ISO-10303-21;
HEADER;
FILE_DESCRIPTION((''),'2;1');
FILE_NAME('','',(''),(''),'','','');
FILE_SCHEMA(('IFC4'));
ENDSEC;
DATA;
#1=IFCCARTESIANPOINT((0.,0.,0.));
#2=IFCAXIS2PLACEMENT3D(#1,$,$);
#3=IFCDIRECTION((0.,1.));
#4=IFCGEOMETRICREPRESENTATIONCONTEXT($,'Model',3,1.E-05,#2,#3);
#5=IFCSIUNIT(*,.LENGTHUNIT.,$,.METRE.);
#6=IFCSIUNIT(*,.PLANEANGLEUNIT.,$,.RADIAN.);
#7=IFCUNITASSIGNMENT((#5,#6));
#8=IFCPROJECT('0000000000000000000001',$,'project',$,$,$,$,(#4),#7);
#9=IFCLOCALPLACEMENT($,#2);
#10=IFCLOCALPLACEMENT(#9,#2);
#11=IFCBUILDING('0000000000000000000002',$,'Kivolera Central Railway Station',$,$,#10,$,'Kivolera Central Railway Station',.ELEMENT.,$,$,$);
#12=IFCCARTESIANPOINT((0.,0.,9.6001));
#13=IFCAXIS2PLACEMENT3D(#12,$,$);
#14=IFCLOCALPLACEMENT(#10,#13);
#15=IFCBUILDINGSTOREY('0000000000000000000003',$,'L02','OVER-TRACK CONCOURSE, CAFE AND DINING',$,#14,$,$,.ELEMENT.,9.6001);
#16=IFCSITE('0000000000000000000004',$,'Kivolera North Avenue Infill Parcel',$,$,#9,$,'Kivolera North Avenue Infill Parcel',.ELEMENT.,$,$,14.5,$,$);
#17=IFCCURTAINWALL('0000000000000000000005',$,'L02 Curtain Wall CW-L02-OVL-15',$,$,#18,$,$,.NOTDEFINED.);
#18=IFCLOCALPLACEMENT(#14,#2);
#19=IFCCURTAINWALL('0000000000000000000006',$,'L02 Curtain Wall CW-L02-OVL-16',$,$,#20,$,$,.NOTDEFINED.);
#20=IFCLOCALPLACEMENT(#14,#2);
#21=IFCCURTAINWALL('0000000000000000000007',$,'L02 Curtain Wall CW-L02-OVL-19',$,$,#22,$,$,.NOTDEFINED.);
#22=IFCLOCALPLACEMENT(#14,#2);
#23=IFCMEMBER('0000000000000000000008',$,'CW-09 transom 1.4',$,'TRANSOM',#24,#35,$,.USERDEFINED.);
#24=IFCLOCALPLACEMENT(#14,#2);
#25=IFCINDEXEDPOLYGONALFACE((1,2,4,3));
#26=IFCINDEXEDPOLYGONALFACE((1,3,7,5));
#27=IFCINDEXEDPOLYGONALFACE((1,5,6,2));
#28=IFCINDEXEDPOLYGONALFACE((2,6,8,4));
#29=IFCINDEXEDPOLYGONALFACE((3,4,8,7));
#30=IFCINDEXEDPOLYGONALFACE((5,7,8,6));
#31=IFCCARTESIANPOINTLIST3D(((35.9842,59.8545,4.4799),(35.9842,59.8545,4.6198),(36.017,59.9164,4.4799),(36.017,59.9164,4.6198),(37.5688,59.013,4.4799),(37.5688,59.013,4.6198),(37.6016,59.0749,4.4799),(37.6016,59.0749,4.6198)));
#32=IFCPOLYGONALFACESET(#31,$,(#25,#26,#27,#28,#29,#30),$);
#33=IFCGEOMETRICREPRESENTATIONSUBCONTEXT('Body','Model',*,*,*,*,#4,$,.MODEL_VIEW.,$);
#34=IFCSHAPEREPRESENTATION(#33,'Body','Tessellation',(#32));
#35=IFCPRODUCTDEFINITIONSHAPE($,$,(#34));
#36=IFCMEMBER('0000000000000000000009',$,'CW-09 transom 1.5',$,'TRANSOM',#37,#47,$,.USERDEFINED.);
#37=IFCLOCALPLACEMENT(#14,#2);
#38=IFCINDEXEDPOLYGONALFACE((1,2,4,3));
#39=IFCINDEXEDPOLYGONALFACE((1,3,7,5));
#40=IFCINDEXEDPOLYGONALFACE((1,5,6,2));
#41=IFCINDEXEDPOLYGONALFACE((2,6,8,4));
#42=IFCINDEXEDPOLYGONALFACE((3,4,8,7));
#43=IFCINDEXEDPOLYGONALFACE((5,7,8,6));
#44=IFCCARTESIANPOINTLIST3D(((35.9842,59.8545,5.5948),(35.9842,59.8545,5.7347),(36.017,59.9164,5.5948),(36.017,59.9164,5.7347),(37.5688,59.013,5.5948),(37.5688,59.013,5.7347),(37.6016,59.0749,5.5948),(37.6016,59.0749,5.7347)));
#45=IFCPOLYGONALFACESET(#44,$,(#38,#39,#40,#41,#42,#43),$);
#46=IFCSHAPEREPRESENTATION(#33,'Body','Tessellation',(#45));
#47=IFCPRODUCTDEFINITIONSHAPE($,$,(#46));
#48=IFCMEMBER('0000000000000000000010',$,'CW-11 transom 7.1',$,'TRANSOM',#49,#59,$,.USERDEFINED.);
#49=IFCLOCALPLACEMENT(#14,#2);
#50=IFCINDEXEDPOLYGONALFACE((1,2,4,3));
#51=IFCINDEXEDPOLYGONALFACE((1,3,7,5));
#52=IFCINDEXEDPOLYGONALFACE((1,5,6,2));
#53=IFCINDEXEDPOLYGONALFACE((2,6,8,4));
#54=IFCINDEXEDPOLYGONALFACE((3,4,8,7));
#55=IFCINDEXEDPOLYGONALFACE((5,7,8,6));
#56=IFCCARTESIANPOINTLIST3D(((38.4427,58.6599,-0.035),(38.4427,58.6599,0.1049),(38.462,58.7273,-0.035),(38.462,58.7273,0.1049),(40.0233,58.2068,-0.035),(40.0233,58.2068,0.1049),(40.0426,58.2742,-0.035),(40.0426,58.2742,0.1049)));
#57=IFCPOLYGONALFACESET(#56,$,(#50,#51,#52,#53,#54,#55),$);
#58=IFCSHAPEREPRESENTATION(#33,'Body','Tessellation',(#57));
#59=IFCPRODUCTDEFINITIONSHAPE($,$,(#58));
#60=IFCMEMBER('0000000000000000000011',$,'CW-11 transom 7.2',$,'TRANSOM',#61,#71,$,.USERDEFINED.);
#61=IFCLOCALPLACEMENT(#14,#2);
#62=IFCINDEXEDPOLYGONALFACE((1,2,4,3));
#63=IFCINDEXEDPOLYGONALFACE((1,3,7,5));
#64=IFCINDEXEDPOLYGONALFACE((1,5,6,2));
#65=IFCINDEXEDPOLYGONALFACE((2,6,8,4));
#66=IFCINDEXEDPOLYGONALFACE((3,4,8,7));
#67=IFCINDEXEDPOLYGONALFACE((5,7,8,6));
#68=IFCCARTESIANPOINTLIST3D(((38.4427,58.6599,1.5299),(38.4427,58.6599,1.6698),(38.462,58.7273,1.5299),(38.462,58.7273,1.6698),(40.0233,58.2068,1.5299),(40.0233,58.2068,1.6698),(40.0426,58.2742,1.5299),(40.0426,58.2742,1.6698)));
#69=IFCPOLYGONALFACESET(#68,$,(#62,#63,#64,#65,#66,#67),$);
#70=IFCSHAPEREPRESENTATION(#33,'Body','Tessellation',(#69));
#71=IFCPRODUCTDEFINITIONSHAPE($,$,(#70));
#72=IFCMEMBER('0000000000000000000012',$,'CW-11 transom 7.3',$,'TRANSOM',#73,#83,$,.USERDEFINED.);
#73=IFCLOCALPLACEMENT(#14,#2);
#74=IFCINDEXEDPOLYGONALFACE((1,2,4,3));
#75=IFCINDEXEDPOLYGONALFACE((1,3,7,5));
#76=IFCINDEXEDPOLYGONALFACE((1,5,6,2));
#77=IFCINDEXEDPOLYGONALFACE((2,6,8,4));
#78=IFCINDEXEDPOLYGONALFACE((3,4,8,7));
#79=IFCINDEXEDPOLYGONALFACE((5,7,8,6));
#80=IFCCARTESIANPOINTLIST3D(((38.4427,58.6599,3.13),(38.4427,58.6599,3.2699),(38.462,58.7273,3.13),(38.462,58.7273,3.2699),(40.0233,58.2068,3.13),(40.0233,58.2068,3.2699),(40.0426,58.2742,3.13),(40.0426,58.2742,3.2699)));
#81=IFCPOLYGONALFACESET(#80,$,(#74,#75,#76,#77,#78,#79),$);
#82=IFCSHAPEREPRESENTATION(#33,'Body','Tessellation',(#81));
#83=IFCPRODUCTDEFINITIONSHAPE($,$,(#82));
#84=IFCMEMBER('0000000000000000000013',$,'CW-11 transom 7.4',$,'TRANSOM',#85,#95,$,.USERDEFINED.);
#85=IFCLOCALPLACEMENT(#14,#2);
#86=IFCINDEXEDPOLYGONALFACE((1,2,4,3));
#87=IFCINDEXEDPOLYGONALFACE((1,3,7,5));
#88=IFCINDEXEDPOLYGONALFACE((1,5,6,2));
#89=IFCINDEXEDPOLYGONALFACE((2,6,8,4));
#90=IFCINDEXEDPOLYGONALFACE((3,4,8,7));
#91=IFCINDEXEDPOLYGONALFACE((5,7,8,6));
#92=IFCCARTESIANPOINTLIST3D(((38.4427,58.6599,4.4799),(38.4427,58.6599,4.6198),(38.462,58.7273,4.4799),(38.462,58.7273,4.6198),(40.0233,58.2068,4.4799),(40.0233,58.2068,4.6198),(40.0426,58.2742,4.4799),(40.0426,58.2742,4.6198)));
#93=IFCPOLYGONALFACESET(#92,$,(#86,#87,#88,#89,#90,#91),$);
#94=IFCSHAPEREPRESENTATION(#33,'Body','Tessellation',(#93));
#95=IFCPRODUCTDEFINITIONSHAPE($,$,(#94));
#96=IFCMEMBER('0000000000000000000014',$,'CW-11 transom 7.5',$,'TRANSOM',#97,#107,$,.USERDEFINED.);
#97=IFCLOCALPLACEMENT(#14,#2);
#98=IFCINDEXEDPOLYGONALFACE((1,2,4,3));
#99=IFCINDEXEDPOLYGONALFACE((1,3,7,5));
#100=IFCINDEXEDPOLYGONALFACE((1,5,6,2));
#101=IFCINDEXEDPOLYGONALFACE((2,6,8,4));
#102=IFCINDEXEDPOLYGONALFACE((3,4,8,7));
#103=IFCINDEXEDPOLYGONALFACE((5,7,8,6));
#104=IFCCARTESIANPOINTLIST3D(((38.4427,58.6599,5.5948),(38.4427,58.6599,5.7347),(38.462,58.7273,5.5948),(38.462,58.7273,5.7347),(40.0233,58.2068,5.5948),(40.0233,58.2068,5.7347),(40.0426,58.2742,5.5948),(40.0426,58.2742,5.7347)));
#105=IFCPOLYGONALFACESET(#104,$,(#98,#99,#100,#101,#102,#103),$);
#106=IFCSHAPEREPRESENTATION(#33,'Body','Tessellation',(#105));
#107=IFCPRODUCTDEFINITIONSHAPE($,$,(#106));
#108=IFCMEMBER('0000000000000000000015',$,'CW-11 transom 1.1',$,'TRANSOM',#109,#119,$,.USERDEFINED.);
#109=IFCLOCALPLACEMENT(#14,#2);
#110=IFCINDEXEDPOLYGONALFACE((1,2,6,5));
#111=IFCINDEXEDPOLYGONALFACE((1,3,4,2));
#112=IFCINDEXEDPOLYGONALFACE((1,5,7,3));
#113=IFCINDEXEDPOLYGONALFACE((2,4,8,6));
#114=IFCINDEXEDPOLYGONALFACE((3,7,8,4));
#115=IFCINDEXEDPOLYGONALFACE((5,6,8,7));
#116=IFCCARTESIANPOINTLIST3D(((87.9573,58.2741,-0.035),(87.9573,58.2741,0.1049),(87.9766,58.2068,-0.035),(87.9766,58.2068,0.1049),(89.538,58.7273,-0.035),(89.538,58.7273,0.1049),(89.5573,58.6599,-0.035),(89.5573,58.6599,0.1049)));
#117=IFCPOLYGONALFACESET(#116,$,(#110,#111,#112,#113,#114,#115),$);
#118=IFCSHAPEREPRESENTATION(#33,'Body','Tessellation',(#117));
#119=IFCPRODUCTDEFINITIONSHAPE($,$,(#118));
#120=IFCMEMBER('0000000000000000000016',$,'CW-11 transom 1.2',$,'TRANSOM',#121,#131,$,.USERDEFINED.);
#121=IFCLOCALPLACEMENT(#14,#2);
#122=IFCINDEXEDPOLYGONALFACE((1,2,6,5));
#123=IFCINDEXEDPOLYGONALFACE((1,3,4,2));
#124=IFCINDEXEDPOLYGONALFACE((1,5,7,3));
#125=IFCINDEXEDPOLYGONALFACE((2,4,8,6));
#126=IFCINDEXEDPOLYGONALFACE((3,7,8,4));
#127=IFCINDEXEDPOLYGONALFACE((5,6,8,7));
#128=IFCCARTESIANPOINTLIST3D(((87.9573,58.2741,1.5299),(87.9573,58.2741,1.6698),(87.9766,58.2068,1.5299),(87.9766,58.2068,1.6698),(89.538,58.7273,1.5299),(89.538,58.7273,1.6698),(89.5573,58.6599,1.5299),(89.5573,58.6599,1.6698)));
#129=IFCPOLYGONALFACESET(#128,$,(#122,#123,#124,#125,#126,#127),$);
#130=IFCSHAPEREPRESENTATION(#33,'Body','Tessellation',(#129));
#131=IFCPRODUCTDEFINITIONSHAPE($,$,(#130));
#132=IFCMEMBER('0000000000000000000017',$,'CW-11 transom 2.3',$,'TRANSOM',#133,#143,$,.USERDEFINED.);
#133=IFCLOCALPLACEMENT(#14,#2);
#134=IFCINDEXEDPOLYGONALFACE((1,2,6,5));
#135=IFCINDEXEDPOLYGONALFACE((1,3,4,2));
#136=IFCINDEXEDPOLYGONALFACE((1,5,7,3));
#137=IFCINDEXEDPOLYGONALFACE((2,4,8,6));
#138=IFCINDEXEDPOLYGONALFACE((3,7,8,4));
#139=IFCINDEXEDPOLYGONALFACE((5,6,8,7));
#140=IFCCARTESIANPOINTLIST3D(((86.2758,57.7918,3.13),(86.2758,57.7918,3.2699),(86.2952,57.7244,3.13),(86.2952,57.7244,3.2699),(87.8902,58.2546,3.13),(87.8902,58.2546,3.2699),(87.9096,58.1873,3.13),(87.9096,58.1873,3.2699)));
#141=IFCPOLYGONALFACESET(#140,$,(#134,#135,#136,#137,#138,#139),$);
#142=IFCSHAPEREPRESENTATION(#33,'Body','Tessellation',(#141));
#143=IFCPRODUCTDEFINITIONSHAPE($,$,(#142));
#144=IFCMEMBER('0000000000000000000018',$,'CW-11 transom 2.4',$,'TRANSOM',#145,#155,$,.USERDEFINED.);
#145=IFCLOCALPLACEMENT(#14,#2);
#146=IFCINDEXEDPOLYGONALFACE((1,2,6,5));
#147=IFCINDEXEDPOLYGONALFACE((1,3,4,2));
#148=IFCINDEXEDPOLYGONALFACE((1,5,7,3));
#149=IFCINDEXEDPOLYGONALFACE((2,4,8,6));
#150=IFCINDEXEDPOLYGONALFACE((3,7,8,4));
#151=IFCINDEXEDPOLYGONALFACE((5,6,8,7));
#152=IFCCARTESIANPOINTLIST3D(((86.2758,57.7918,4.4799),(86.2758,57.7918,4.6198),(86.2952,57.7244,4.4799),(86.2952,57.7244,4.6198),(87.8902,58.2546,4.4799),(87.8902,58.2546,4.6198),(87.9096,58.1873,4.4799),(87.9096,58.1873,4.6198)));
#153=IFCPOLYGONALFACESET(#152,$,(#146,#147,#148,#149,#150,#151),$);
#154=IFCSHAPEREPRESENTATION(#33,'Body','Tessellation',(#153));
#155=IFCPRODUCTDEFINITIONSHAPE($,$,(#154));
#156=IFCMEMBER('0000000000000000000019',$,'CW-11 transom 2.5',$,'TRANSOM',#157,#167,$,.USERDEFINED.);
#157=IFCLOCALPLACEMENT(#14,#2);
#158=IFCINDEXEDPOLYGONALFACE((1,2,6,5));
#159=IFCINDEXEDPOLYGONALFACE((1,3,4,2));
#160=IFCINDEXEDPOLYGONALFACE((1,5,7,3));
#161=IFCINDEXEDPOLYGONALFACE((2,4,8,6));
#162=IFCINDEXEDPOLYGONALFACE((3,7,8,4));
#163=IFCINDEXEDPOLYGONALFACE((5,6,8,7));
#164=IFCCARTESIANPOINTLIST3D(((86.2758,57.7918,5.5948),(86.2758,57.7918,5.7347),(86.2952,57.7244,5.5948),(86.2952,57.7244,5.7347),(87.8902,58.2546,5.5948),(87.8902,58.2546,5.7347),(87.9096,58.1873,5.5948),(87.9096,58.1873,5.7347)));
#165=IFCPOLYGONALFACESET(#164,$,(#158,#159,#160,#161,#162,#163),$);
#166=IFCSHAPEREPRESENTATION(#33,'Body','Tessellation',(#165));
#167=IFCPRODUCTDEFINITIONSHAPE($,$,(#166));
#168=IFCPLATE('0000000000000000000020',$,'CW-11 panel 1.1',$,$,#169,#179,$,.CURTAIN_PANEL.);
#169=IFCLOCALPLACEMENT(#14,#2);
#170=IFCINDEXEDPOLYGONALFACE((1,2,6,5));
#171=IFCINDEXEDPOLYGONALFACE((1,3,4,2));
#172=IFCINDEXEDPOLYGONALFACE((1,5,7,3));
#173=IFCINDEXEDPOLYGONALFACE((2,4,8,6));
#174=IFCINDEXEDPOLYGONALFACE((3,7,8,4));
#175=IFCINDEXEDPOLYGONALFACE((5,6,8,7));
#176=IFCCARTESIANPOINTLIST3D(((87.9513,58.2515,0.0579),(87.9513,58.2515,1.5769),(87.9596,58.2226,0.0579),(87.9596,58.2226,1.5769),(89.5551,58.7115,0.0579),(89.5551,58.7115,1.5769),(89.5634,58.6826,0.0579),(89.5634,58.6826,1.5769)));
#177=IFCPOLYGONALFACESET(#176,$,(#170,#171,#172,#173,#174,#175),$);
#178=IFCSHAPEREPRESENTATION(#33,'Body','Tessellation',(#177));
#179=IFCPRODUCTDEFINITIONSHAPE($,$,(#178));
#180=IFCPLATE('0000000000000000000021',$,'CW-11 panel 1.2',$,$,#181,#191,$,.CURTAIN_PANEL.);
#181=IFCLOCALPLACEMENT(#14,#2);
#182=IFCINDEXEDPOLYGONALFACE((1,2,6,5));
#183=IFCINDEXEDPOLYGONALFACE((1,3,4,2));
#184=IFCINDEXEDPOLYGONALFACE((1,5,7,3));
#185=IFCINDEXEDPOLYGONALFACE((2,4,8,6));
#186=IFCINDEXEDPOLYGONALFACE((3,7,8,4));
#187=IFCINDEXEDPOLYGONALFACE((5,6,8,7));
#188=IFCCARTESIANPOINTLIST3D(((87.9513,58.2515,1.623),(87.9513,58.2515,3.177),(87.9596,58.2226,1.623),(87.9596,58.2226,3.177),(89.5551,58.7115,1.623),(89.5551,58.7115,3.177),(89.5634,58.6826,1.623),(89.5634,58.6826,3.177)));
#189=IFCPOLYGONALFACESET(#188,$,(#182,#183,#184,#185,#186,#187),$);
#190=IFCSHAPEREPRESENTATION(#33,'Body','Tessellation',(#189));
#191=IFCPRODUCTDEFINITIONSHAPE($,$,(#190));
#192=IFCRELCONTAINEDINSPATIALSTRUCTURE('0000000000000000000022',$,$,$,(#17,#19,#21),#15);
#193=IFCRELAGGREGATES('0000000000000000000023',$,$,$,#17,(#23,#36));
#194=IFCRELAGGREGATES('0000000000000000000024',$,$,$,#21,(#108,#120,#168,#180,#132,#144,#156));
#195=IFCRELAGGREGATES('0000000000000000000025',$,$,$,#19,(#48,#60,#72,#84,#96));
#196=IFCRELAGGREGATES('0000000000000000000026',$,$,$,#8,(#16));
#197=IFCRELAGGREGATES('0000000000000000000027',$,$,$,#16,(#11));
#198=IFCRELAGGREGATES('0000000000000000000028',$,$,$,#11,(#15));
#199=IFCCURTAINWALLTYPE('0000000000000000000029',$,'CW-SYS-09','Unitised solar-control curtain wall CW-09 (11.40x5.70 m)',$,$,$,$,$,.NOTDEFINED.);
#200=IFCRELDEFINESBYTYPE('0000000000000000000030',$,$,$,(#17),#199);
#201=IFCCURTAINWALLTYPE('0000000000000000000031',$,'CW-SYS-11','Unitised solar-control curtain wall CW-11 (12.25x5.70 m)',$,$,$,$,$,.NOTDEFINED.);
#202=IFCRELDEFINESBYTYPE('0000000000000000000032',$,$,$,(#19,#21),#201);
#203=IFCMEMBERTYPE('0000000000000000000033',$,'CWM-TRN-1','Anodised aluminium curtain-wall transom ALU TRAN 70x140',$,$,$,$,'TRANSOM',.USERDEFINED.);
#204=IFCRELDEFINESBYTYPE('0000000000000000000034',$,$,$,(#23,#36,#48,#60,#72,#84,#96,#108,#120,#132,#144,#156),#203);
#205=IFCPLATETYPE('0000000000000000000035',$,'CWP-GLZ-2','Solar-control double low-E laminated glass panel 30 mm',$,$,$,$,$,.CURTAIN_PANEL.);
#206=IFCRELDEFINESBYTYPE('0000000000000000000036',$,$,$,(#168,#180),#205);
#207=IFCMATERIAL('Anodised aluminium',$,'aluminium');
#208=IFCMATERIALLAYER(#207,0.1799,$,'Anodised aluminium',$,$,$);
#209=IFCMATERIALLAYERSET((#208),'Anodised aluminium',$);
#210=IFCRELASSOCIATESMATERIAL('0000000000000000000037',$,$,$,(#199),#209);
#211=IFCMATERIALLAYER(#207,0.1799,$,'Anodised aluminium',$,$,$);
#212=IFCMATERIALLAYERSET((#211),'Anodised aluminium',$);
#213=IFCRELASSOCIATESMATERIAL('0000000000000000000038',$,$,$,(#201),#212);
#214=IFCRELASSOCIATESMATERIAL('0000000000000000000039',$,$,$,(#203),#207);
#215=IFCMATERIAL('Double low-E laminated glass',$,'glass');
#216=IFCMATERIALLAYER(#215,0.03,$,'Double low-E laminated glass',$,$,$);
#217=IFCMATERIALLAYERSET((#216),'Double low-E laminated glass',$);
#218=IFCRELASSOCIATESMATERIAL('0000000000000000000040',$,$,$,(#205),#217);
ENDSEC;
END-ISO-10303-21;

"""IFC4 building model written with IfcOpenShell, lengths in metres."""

from ifc_helpers import new_model, si_unit, direction, frame, origin, origin_2d, place, context, subcontext, project, spatial, rectangle, extrude, material, layer, layer_set, material_profile, profile_set, type_object, element, aggregate, save


model = new_model("IFC4")

# Units and contexts
model_context = context("Model", 3, precision=1e-05, world=origin(), true_north=direction((0.0, 1.0)))
body_context = subcontext(model_context, "Body", "Model", "MODEL_VIEW")
ifc_project = project(units=[si_unit("LENGTHUNIT", "METRE"), si_unit("PLANEANGLEUNIT", "RADIAN")], contexts=[model_context])

# Site, building, storey
site_placement = place(None, origin())
site = spatial("IfcSite", under=ifc_project, at=site_placement, Name="Kivolera North Avenue Infill Parcel", LongName="Kivolera North Avenue Infill Parcel", CompositionType="ELEMENT", RefElevation=14.5)
building_placement = place(site_placement, origin())
building = spatial("IfcBuilding", under=site, at=building_placement, Name="Kivolera Central Railway Station", LongName="Kivolera Central Railway Station", CompositionType="ELEMENT")
storey_placement = place(building_placement, frame((0.0, 0.0, 9.6001)))
storey = spatial("IfcBuildingStorey", under=building, at=storey_placement, Name="L02", Description="OVER-TRACK CONCOURSE, CAFE AND DINING", CompositionType="ELEMENT", Elevation=9.6001)

# Curtain wall
ifc_material_1 = material(Name="Anodised aluminium", Category="aluminium")
ifc_layer_1 = layer(ifc_material_1, 0.1799, Name="Anodised aluminium")
ifc_layer_set_1 = layer_set([ifc_layer_1], Name="Anodised aluminium")
curtain_wall_type_1 = type_object("IfcCurtainWallType", Name="CW-SYS-09", Description="Unitised solar-control curtain wall CW-09 (11.40x5.70 m)", PredefinedType="NOTDEFINED", material=ifc_layer_set_1)
curtain_wall_1_placement = place(storey_placement, origin())
curtain_wall_1 = element("IfcCurtainWall", 1, at=curtain_wall_1_placement, inside=storey, type_object=curtain_wall_type_1, Name="L02 Curtain Wall CW-L02-OVL-15", PredefinedType="NOTDEFINED")

# Curtain wall
ifc_layer_2 = layer(ifc_material_1, 0.1799, Name="Anodised aluminium")
ifc_layer_set_2 = layer_set([ifc_layer_2], Name="Anodised aluminium")
curtain_wall_type_2 = type_object("IfcCurtainWallType", Name="CW-SYS-11", Description="Unitised solar-control curtain wall CW-11 (12.25x5.70 m)", PredefinedType="NOTDEFINED", material=ifc_layer_set_2)
curtain_wall_2_placement = place(storey_placement, origin())
curtain_wall_2 = element("IfcCurtainWall", 2, at=curtain_wall_2_placement, inside=storey, type_object=curtain_wall_type_2, Name="L02 Curtain Wall CW-L02-OVL-16", PredefinedType="NOTDEFINED")

# Curtain wall
curtain_wall_3_placement = place(storey_placement, origin())
curtain_wall_3 = element("IfcCurtainWall", 3, at=curtain_wall_3_placement, inside=storey, type_object=curtain_wall_type_2, Name="L02 Curtain Wall CW-L02-OVL-19", PredefinedType="NOTDEFINED")

# Members
ifc_material_profile_1 = material_profile(ifc_material_1, rectangle(XDim=0.0701, YDim=0.1399, at=origin_2d()), Name="ALU TRAN 70x140")
ifc_profile_set_1 = profile_set([ifc_material_profile_1], Name="Anodised aluminium")
member_type_1 = type_object("IfcMemberType", Name="CWM-TRN-1", Description="Anodised aluminium curtain-wall transom ALU TRAN 70x140", ElementType="TRANSOM", PredefinedType="USERDEFINED", material=ifc_profile_set_1)
member_1_placement = place(storey_placement, frame((37.5852, 59.0439, 4.5498), z_axis=(-0.883191, 0.469013, 0.0), x_axis=(-0.469013, -0.883191, 0.0)))
member_1 = element("IfcMember", 4, at=member_1_placement, type_object=member_type_1, Name="CW-09 transom 1.4", ObjectType="TRANSOM", PredefinedType="USERDEFINED", context=body_context, shape_type="SweptSolid", body=[
    extrude(rectangle(XDim=0.0701, YDim=0.1399, at=origin_2d()), origin(), (0.0, 0.0, 1.0), 1.7942),
])
member_2_placement = place(storey_placement, frame((37.5852, 59.0439, 5.6648), z_axis=(-0.883191, 0.469013, 0.0), x_axis=(-0.469013, -0.883191, 0.0)))
member_2 = element("IfcMember", 5, at=member_2_placement, type_object=member_type_1, Name="CW-09 transom 1.5", ObjectType="TRANSOM", PredefinedType="USERDEFINED", context=body_context, shape_type="SweptSolid", body=[
    extrude(rectangle(XDim=0.0701, YDim=0.1399, at=origin_2d()), origin(), (0.0, 0.0, 1.0), 1.7942),
])
aggregate(curtain_wall_1, [member_1, member_2])
member_3_placement = place(storey_placement, frame((40.033, 58.2405, 0.0349), z_axis=(-0.961277, 0.275584, 0.0), x_axis=(-0.275584, -0.961277, 0.0)))
member_3 = element("IfcMember", 6, at=member_3_placement, type_object=member_type_1, Name="CW-11 transom 7.1", ObjectType="TRANSOM", PredefinedType="USERDEFINED", context=body_context, shape_type="SweptSolid", body=[
    extrude(rectangle(XDim=0.0701, YDim=0.1399, at=origin_2d()), origin(), (0.0, 0.0, 1.0), 1.6443),
])
member_4_placement = place(storey_placement, frame((40.033, 58.2405, 1.5999), z_axis=(-0.961277, 0.275584, 0.0), x_axis=(-0.275584, -0.961277, 0.0)))
member_4 = element("IfcMember", 7, at=member_4_placement, type_object=member_type_1, Name="CW-11 transom 7.2", ObjectType="TRANSOM", PredefinedType="USERDEFINED", context=body_context, shape_type="SweptSolid", body=[
    extrude(rectangle(XDim=0.0701, YDim=0.1399, at=origin_2d()), origin(), (0.0, 0.0, 1.0), 1.6443),
])
member_5_placement = place(storey_placement, frame((40.033, 58.2405, 3.2), z_axis=(-0.961277, 0.275584, 0.0), x_axis=(-0.275584, -0.961277, 0.0)))
member_5 = element("IfcMember", 8, at=member_5_placement, type_object=member_type_1, Name="CW-11 transom 7.3", ObjectType="TRANSOM", PredefinedType="USERDEFINED", context=body_context, shape_type="SweptSolid", body=[
    extrude(rectangle(XDim=0.0701, YDim=0.1399, at=origin_2d()), origin(), (0.0, 0.0, 1.0), 1.6443),
])
member_6_placement = place(storey_placement, frame((40.033, 58.2405, 4.5498), z_axis=(-0.961277, 0.275584, 0.0), x_axis=(-0.275584, -0.961277, 0.0)))
member_6 = element("IfcMember", 9, at=member_6_placement, type_object=member_type_1, Name="CW-11 transom 7.4", ObjectType="TRANSOM", PredefinedType="USERDEFINED", context=body_context, shape_type="SweptSolid", body=[
    extrude(rectangle(XDim=0.0701, YDim=0.1399, at=origin_2d()), origin(), (0.0, 0.0, 1.0), 1.6443),
])
member_7_placement = place(storey_placement, frame((40.033, 58.2405, 5.6648), z_axis=(-0.961277, 0.275584, 0.0), x_axis=(-0.275584, -0.961277, 0.0)))
member_7 = element("IfcMember", 10, at=member_7_placement, type_object=member_type_1, Name="CW-11 transom 7.5", ObjectType="TRANSOM", PredefinedType="USERDEFINED", context=body_context, shape_type="SweptSolid", body=[
    extrude(rectangle(XDim=0.0701, YDim=0.1399, at=origin_2d()), origin(), (0.0, 0.0, 1.0), 1.6443),
])
member_8_placement = place(storey_placement, frame((89.5476, 58.6936, 0.0349), z_axis=(-0.961277, -0.275584, 0.0), x_axis=(0.275584, -0.961277, 0.0)))
member_8 = element("IfcMember", 11, at=member_8_placement, type_object=member_type_1, Name="CW-11 transom 1.1", ObjectType="TRANSOM", PredefinedType="USERDEFINED", context=body_context, shape_type="SweptSolid", body=[
    extrude(rectangle(XDim=0.0701, YDim=0.1399, at=origin_2d()), origin(), (0.0, 0.0, 1.0), 1.6443),
])
member_9_placement = place(storey_placement, frame((89.5476, 58.6936, 1.5999), z_axis=(-0.961277, -0.275584, 0.0), x_axis=(0.275584, -0.961277, 0.0)))
member_9 = element("IfcMember", 12, at=member_9_placement, type_object=member_type_1, Name="CW-11 transom 1.2", ObjectType="TRANSOM", PredefinedType="USERDEFINED", context=body_context, shape_type="SweptSolid", body=[
    extrude(rectangle(XDim=0.0701, YDim=0.1399, at=origin_2d()), origin(), (0.0, 0.0, 1.0), 1.6443),
])
member_10_placement = place(storey_placement, frame((87.8999, 58.2209, 3.2), z_axis=(-0.961271, -0.275604, 0.0), x_axis=(0.275604, -0.961271, 0.0)))
member_10 = element("IfcMember", 13, at=member_10_placement, type_object=member_type_1, Name="CW-11 transom 2.3", ObjectType="TRANSOM", PredefinedType="USERDEFINED", context=body_context, shape_type="SweptSolid", body=[
    extrude(rectangle(XDim=0.0701, YDim=0.1399, at=origin_2d()), origin(), (0.0, 0.0, 1.0), 1.6794),
])
member_11_placement = place(storey_placement, frame((87.8999, 58.2209, 4.5498), z_axis=(-0.961271, -0.275604, 0.0), x_axis=(0.275604, -0.961271, 0.0)))
member_11 = element("IfcMember", 14, at=member_11_placement, type_object=member_type_1, Name="CW-11 transom 2.4", ObjectType="TRANSOM", PredefinedType="USERDEFINED", context=body_context, shape_type="SweptSolid", body=[
    extrude(rectangle(XDim=0.0701, YDim=0.1399, at=origin_2d()), origin(), (0.0, 0.0, 1.0), 1.6794),
])
member_12_placement = place(storey_placement, frame((87.8999, 58.2209, 5.6648), z_axis=(-0.961271, -0.275604, 0.0), x_axis=(0.275604, -0.961271, 0.0)))
member_12 = element("IfcMember", 15, at=member_12_placement, type_object=member_type_1, Name="CW-11 transom 2.5", ObjectType="TRANSOM", PredefinedType="USERDEFINED", context=body_context, shape_type="SweptSolid", body=[
    extrude(rectangle(XDim=0.0701, YDim=0.1399, at=origin_2d()), origin(), (0.0, 0.0, 1.0), 1.6794),
])

# Plates
ifc_material_2 = material(Name="Double low-E laminated glass", Category="glass")
ifc_layer_3 = layer(ifc_material_2, 0.03, Name="Double low-E laminated glass")
ifc_layer_set_3 = layer_set([ifc_layer_3], Name="Double low-E laminated glass")
plate_type_1 = type_object("IfcPlateType", Name="CWP-GLZ-2", Description="Solar-control double low-E laminated glass panel 30 mm", PredefinedType="CURTAIN_PANEL", material=ifc_layer_set_3)
plate_1_placement = place(storey_placement, frame((88.7573, 58.467, 0.0579), z_axis=(0.0, 0.0, 1.0), x_axis=(-0.961246, -0.275692, 0.0)))
plate_1 = element("IfcPlate", 16, at=plate_1_placement, type_object=plate_type_1, Name="CW-11 panel 1.1", PredefinedType="CURTAIN_PANEL", context=body_context, shape_type="SweptSolid", body=[
    extrude(rectangle(XDim=1.6685, YDim=0.03, at=origin_2d()), origin(), (0.0, 0.0, 1.0), 1.519),
])
plate_2_placement = place(storey_placement, frame((88.7573, 58.467, 1.623), z_axis=(0.0, 0.0, 1.0), x_axis=(-0.961246, -0.275692, 0.0)))
plate_2 = element("IfcPlate", 17, at=plate_2_placement, type_object=plate_type_1, Name="CW-11 panel 1.2", PredefinedType="CURTAIN_PANEL", context=body_context, shape_type="SweptSolid", body=[
    extrude(rectangle(XDim=1.6685, YDim=0.03, at=origin_2d()), origin(), (0.0, 0.0, 1.0), 1.554),
])
aggregate(curtain_wall_3, [member_8, member_9, plate_1, plate_2, member_10, member_11, member_12])
aggregate(curtain_wall_2, [member_3, member_4, member_5, member_6, member_7])

save(model, "model.ifc")
